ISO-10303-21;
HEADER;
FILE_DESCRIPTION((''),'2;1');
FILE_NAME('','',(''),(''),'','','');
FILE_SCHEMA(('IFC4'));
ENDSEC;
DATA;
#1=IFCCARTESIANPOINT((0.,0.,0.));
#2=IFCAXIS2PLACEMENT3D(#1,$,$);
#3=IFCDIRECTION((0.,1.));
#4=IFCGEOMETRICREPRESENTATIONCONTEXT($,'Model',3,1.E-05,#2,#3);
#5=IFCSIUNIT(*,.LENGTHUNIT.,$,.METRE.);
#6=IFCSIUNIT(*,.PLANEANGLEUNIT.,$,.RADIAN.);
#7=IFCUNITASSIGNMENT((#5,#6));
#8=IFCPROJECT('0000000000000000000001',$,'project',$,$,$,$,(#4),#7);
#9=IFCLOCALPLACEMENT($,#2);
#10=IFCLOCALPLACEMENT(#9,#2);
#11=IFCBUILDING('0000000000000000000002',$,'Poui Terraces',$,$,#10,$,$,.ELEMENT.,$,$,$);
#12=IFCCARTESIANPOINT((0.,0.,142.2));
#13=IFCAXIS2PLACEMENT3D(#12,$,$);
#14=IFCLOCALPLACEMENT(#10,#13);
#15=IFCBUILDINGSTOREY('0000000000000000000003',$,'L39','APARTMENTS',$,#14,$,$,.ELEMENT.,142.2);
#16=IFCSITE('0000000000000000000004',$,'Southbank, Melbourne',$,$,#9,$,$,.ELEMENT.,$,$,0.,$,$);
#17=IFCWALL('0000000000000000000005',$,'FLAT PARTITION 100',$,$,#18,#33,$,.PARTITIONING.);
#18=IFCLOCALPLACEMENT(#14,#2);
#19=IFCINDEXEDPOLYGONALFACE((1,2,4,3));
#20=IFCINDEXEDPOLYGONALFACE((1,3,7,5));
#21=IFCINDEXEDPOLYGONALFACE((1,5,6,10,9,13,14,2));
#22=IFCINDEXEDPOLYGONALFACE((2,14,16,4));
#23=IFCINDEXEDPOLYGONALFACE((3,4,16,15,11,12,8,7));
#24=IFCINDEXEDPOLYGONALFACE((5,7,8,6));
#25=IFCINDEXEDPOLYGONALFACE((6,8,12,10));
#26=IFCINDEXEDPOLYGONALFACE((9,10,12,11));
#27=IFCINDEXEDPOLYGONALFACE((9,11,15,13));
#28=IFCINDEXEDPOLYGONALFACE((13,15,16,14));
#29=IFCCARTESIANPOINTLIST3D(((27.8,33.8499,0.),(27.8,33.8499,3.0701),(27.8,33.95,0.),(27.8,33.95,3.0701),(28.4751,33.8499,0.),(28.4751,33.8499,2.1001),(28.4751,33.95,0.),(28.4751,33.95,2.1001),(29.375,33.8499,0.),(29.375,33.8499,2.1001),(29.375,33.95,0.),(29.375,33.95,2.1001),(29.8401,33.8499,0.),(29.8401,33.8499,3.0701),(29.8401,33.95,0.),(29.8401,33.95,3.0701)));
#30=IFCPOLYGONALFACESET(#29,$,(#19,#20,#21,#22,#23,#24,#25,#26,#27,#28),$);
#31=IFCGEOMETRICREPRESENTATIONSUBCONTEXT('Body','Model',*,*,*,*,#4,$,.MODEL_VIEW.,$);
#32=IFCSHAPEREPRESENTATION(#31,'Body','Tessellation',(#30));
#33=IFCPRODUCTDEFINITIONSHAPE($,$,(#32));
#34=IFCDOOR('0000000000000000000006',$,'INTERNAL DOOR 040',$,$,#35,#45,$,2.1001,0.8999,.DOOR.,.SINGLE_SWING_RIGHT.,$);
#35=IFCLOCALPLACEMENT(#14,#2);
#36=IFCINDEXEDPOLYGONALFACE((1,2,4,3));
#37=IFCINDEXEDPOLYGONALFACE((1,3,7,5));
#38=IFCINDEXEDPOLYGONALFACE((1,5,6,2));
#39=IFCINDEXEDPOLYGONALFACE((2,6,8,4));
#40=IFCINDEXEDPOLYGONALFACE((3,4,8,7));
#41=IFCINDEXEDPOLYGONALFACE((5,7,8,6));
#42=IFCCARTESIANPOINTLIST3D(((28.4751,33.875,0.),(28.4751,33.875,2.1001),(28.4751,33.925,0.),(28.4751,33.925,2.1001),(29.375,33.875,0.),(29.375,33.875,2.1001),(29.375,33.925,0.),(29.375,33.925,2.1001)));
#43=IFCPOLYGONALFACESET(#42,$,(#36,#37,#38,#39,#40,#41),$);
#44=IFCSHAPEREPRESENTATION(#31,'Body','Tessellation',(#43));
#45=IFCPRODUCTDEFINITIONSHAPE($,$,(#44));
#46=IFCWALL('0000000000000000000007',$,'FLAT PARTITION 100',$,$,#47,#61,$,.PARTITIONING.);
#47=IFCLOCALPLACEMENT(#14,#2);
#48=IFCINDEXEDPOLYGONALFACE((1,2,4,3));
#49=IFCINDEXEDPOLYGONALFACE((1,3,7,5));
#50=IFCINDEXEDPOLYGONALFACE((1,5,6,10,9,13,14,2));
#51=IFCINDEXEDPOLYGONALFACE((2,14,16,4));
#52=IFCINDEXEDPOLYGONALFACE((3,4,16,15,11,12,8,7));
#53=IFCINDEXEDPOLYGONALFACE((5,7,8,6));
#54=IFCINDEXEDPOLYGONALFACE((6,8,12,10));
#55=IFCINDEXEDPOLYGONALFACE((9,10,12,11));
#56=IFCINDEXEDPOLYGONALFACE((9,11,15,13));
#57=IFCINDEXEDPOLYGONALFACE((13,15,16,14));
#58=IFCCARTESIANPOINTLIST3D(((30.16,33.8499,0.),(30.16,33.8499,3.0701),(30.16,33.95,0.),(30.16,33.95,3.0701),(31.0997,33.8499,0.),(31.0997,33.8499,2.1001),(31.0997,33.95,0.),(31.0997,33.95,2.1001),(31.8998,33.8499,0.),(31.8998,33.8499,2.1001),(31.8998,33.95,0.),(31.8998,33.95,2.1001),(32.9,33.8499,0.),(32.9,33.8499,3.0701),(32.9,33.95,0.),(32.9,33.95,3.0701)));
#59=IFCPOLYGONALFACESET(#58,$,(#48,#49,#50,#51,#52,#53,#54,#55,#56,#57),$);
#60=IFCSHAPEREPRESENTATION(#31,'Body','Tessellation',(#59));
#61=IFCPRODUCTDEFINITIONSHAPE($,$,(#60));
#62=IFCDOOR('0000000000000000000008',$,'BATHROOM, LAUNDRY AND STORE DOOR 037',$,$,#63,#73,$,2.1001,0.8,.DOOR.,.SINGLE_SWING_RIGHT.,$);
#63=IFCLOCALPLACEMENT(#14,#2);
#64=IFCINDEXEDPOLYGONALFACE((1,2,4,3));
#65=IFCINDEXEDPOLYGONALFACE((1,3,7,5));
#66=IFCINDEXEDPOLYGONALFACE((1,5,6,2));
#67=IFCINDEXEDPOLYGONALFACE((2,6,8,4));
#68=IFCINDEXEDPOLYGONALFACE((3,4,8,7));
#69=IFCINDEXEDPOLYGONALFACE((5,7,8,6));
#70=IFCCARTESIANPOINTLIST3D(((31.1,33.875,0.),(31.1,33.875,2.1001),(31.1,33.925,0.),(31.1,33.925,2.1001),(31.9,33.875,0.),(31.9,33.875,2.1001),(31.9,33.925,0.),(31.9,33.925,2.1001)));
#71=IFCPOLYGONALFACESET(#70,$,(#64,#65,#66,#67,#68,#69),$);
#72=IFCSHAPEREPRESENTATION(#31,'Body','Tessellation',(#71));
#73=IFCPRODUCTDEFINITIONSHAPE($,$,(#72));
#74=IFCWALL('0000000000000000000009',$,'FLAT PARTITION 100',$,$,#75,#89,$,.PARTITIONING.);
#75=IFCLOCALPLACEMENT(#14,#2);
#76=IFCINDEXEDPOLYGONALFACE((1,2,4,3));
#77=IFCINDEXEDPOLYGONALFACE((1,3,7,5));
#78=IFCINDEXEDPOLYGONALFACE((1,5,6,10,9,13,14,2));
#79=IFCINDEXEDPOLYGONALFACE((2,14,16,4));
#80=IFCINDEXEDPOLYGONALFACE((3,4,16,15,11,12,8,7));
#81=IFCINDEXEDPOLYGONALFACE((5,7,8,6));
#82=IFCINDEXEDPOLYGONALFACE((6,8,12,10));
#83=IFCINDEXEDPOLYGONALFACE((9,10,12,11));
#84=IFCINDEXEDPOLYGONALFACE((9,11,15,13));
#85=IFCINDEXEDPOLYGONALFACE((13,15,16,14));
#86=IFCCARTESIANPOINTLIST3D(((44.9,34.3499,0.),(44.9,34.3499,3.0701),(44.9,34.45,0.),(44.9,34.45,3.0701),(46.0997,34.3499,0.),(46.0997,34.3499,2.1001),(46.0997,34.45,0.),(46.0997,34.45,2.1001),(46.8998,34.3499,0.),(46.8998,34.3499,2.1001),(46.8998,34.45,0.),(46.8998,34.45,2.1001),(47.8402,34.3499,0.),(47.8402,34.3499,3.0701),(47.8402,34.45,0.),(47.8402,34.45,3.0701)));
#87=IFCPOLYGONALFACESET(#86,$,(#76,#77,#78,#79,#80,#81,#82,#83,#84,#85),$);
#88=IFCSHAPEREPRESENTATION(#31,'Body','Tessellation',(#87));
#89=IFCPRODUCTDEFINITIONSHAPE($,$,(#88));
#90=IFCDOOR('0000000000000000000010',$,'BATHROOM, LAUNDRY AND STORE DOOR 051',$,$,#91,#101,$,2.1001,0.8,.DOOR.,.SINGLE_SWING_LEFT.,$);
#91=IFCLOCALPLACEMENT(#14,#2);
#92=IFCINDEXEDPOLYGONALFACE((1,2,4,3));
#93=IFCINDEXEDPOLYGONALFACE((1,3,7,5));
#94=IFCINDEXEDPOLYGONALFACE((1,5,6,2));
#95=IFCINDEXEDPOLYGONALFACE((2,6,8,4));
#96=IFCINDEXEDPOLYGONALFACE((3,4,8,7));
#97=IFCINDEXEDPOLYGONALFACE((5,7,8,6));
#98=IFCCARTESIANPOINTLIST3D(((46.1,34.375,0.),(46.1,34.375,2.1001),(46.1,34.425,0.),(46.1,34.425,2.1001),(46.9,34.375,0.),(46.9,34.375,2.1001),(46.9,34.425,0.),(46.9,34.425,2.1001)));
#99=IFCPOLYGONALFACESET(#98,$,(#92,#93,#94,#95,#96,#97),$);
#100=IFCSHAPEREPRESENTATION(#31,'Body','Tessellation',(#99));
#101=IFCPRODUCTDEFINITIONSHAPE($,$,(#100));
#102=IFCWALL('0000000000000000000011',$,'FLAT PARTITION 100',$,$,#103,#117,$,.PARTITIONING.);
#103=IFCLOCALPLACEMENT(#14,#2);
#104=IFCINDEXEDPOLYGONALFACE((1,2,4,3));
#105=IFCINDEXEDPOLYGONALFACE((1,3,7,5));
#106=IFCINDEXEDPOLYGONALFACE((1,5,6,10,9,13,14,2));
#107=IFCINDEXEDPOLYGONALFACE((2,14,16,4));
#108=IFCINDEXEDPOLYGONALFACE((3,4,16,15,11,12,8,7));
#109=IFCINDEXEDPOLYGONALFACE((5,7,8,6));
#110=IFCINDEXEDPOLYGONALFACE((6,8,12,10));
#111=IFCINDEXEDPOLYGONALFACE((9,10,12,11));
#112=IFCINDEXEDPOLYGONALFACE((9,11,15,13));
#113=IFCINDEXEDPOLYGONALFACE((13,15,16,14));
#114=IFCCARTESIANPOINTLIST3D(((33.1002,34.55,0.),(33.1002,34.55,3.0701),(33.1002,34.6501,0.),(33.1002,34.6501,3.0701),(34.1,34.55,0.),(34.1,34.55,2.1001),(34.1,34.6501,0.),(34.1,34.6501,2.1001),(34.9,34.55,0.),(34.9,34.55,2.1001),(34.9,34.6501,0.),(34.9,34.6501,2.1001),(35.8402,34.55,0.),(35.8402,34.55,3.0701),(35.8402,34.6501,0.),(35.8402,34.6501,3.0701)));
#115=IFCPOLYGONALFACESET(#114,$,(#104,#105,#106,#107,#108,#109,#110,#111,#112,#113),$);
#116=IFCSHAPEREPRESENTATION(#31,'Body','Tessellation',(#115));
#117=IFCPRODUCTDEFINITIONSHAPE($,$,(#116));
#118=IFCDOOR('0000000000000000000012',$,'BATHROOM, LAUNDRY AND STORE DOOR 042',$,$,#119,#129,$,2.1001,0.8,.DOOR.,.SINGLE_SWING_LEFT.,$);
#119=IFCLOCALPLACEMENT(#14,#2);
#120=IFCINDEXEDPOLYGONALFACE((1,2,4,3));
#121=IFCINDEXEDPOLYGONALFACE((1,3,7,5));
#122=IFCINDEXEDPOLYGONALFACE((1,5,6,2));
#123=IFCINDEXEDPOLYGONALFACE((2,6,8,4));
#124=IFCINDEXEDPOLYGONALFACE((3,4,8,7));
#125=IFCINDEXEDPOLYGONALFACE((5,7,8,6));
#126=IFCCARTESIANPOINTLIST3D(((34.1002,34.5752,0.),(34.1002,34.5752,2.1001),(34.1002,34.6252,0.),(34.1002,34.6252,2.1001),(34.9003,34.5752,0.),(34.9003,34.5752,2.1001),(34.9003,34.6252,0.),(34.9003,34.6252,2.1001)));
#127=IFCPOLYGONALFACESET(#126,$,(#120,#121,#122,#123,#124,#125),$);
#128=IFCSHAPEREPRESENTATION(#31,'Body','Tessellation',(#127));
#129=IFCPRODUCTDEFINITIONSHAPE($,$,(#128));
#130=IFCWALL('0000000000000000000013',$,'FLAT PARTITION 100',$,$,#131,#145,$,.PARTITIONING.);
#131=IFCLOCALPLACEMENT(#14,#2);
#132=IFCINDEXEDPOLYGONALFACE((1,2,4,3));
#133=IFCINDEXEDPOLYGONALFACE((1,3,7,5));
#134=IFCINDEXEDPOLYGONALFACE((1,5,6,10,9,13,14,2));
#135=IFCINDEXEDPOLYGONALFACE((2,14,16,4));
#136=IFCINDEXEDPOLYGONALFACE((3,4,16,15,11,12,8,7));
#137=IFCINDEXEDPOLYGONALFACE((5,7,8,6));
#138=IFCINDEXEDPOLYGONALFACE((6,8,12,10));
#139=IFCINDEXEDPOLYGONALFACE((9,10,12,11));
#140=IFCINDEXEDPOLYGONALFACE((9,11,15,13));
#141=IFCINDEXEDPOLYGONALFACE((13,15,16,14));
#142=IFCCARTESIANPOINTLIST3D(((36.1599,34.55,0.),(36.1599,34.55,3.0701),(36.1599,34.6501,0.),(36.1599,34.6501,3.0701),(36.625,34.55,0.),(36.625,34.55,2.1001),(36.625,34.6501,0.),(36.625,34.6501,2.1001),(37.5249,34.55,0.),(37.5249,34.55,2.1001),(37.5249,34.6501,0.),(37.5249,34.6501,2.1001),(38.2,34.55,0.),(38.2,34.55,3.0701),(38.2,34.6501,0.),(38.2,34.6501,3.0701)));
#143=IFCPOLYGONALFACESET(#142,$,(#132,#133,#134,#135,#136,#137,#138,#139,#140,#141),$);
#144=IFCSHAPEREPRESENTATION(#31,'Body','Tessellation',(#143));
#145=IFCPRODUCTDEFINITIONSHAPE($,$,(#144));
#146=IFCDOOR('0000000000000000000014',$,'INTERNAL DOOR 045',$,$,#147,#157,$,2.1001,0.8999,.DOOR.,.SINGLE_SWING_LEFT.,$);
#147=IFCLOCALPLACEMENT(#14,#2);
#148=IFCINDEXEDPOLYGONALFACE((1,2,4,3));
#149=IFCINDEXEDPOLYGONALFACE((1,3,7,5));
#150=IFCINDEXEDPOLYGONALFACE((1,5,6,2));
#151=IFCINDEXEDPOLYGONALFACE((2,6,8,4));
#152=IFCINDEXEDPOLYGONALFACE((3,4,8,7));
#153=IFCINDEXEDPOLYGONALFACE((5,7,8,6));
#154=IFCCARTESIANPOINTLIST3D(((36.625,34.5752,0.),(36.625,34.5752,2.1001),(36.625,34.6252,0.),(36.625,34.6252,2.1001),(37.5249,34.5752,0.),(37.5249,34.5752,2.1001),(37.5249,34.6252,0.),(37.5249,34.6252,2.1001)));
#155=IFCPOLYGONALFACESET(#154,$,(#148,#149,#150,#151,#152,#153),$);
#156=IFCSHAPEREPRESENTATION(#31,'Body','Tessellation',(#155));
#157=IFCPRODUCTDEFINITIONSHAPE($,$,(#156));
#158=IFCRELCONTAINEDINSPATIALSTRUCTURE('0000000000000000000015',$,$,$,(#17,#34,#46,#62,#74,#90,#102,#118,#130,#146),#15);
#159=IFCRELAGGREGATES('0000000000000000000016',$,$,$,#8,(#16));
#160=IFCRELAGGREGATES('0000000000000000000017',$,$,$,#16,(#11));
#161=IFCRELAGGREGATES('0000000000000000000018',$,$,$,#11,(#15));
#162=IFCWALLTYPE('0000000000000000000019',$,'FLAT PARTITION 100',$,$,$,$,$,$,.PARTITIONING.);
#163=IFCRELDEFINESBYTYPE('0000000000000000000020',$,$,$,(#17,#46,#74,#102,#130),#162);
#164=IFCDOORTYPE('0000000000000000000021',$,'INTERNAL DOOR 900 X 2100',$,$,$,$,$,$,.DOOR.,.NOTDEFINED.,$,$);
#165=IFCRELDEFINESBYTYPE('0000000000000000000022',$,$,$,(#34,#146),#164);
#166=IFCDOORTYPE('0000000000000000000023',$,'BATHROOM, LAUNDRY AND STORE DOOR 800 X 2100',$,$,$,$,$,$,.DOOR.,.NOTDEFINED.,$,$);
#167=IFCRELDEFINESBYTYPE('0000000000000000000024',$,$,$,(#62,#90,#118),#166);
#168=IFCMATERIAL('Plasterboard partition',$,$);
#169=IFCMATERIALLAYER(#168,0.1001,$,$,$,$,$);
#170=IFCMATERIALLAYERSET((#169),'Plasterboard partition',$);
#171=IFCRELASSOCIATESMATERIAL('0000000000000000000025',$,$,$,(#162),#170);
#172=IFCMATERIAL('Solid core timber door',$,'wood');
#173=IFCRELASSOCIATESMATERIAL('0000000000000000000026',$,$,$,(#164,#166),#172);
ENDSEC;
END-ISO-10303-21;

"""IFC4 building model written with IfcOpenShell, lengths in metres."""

from ifc_helpers import new_model, si_unit, direction, frame, frame_2d, origin, place, context, subcontext, project, spatial, rectangle, extrude, material, layer, layer_set, type_object, element, fill, save


model = new_model("IFC4")

# Units and contexts
model_context = context("Model", 3, precision=1e-05, world=origin(), true_north=direction((0.0, 1.0)))
body_context = subcontext(model_context, "Body", "Model", "MODEL_VIEW")
ifc_project = project(units=[si_unit("LENGTHUNIT", "METRE"), si_unit("PLANEANGLEUNIT", "RADIAN")], contexts=[model_context])

# Site, building, storey
site_placement = place(None, origin())
site = spatial("IfcSite", under=ifc_project, at=site_placement, Name="Southbank, Melbourne", CompositionType="ELEMENT", RefElevation=0.0)
building_placement = place(site_placement, origin())
building = spatial("IfcBuilding", under=site, at=building_placement, Name="Poui Terraces", CompositionType="ELEMENT")
storey_placement = place(building_placement, frame((0.0, 0.0, 142.2)))
storey = spatial("IfcBuildingStorey", under=building, at=storey_placement, Name="L39", Description="APARTMENTS", CompositionType="ELEMENT", Elevation=142.2)

# Walls, openings, doors
ifc_material_1 = material(Name="Plasterboard partition")
ifc_layer_1 = layer(ifc_material_1, 0.1001)
ifc_layer_set_1 = layer_set([ifc_layer_1], Name="Plasterboard partition")
wall_type_1 = type_object("IfcWallType", Name="FLAT PARTITION 100", PredefinedType="PARTITIONING", material=ifc_layer_set_1)
wall_1_placement = place(storey_placement, frame((27.8, 33.8999, 0.0), z_axis=(0.0, 0.0, 1.0), x_axis=(1.0, 0.0, 0.0)))
wall_1 = element("IfcWall", 1, at=wall_1_placement, inside=storey, type_object=wall_type_1, Name="FLAT PARTITION 100", PredefinedType="PARTITIONING", context=body_context, shape_type="SweptSolid", body=[
    extrude(rectangle(XDim=2.04, YDim=0.1001, at=frame_2d((1.02, 0.0))), origin(), (0.0, 0.0, 1.0), 3.0701),
])
opening_1_placement = place(wall_1_placement, frame((0.675, 0.0, 0.0)))
opening_1 = element("IfcOpeningElement", 2, at=opening_1_placement, cuts=wall_1, PredefinedType="OPENING", context=body_context, shape_type="SweptSolid", body=[
    extrude(rectangle(XDim=0.8999, YDim=2.1001, at=frame_2d((0.45, 1.05))), frame((0.0, 0.0601, 0.0), z_axis=(0.0, -1.0, 0.0), x_axis=(1.0, 0.0, 0.0)), (0.0, 0.0, 1.0), 0.1201),
])
ifc_material_2 = material(Name="Solid core timber door", Category="wood")
door_type_1 = type_object("IfcDoorType", Name="INTERNAL DOOR 900 X 2100", OperationType="NOTDEFINED", PredefinedType="DOOR", material=ifc_material_2)
door_1_placement = place(opening_1_placement, frame((0.8999, 0.0, 0.0), z_axis=(0.0, 0.0, 1.0), x_axis=(-1.0, 0.0, 0.0)))
door_1 = element("IfcDoor", 3, at=door_1_placement, inside=storey, type_object=door_type_1, Name="INTERNAL DOOR 040", OperationType="SINGLE_SWING_RIGHT", OverallHeight=2.1001, OverallWidth=0.8999, PredefinedType="DOOR", context=body_context, shape_type="SweptSolid", body=[
    extrude(rectangle(XDim=0.8999, YDim=2.1001, at=frame_2d((0.45, 1.05))), frame((0.0, 0.0249, 0.0), z_axis=(0.0, -1.0, 0.0), x_axis=(1.0, 0.0, 0.0)), (0.0, 0.0, 1.0), 0.05),
])
fill(opening_1, door_1)
wall_2_placement = place(storey_placement, frame((30.1599, 33.8999, 0.0), z_axis=(0.0, 0.0, 1.0), x_axis=(1.0, 0.0, 0.0)))
wall_2 = element("IfcWall", 4, at=wall_2_placement, inside=storey, type_object=wall_type_1, Name="FLAT PARTITION 100", PredefinedType="PARTITIONING", context=body_context, shape_type="SweptSolid", body=[
    extrude(rectangle(XDim=2.74, YDim=0.1001, at=frame_2d((1.3701, 0.0))), origin(), (0.0, 0.0, 1.0), 3.0701),
])
opening_2_placement = place(wall_2_placement, frame((0.9399, 0.0, 0.0)))
opening_2 = element("IfcOpeningElement", 5, at=opening_2_placement, cuts=wall_2, PredefinedType="OPENING", context=body_context, shape_type="SweptSolid", body=[
    extrude(rectangle(XDim=0.8, YDim=2.1001, at=frame_2d((0.3999, 1.05))), frame((0.0, 0.0601, 0.0), z_axis=(0.0, -1.0, 0.0), x_axis=(1.0, 0.0, 0.0)), (0.0, 0.0, 1.0), 0.1201),
])
door_type_2 = type_object("IfcDoorType", Name="BATHROOM, LAUNDRY AND STORE DOOR 800 X 2100", OperationType="NOTDEFINED", PredefinedType="DOOR", material=ifc_material_2)
door_2_placement = place(opening_2_placement, frame((0.8, 0.0, 0.0), z_axis=(0.0, 0.0, 1.0), x_axis=(-1.0, 0.0, 0.0)))
door_2 = element("IfcDoor", 6, at=door_2_placement, inside=storey, type_object=door_type_2, Name="BATHROOM, LAUNDRY AND STORE DOOR 037", OperationType="SINGLE_SWING_RIGHT", OverallHeight=2.1001, OverallWidth=0.8, PredefinedType="DOOR", context=body_context, shape_type="SweptSolid", body=[
    extrude(rectangle(XDim=0.8, YDim=2.1001, at=frame_2d((0.3999, 1.05))), frame((0.0, 0.0249, 0.0), z_axis=(0.0, -1.0, 0.0), x_axis=(1.0, 0.0, 0.0)), (0.0, 0.0, 1.0), 0.05),
])
fill(opening_2, door_2)
wall_3_placement = place(storey_placement, frame((44.8999, 34.3999, 0.0), z_axis=(0.0, 0.0, 1.0), x_axis=(1.0, 0.0, 0.0)))
wall_3 = element("IfcWall", 7, at=wall_3_placement, inside=storey, type_object=wall_type_1, Name="FLAT PARTITION 100", PredefinedType="PARTITIONING", context=body_context, shape_type="SweptSolid", body=[
    extrude(rectangle(XDim=2.9402, YDim=0.1001, at=frame_2d((1.4702, 0.0))), origin(), (0.0, 0.0, 1.0), 3.0701),
])
opening_3_placement = place(wall_3_placement, frame((1.2, 0.0, 0.0)))
opening_3 = element("IfcOpeningElement", 8, at=opening_3_placement, cuts=wall_3, PredefinedType="OPENING", context=body_context, shape_type="SweptSolid", body=[
    extrude(rectangle(XDim=0.8, YDim=2.1001, at=frame_2d((0.3999, 1.05))), frame((0.0, 0.0601, 0.0), z_axis=(0.0, -1.0, 0.0), x_axis=(1.0, 0.0, 0.0)), (0.0, 0.0, 1.0), 0.1201),
])
door_3_placement = place(opening_3_placement, frame((0.8, 0.0, 0.0), z_axis=(0.0, 0.0, 1.0), x_axis=(-1.0, 0.0, 0.0)))
door_3 = element("IfcDoor", 9, at=door_3_placement, inside=storey, type_object=door_type_2, Name="BATHROOM, LAUNDRY AND STORE DOOR 051", OperationType="SINGLE_SWING_LEFT", OverallHeight=2.1001, OverallWidth=0.8, PredefinedType="DOOR", context=body_context, shape_type="SweptSolid", body=[
    extrude(rectangle(XDim=0.8, YDim=2.1001, at=frame_2d((0.3999, 1.05))), frame((0.0, 0.0249, 0.0), z_axis=(0.0, -1.0, 0.0), x_axis=(1.0, 0.0, 0.0)), (0.0, 0.0, 1.0), 0.05),
])
fill(opening_3, door_3)
wall_4_placement = place(storey_placement, frame((33.1001, 34.6001, 0.0), z_axis=(0.0, 0.0, 1.0), x_axis=(1.0, 0.0, 0.0)))
wall_4 = element("IfcWall", 10, at=wall_4_placement, inside=storey, type_object=wall_type_1, Name="FLAT PARTITION 100", PredefinedType="PARTITIONING", context=body_context, shape_type="SweptSolid", body=[
    extrude(rectangle(XDim=2.74, YDim=0.1001, at=frame_2d((1.3701, 0.0))), origin(), (0.0, 0.0, 1.0), 3.0701),
])
opening_4_placement = place(wall_4_placement, frame((1.0, 0.0, 0.0)))
opening_4 = element("IfcOpeningElement", 11, at=opening_4_placement, cuts=wall_4, PredefinedType="OPENING", context=body_context, shape_type="SweptSolid", body=[
    extrude(rectangle(XDim=0.8, YDim=2.1001, at=frame_2d((0.3999, 1.05))), frame((0.0, 0.0601, 0.0), z_axis=(0.0, -1.0, 0.0), x_axis=(1.0, 0.0, 0.0)), (0.0, 0.0, 1.0), 0.1201),
])
door_4_placement = place(opening_4_placement, frame((0.8, 0.0, 0.0), z_axis=(0.0, 0.0, 1.0), x_axis=(-1.0, 0.0, 0.0)))
door_4 = element("IfcDoor", 12, at=door_4_placement, inside=storey, type_object=door_type_2, Name="BATHROOM, LAUNDRY AND STORE DOOR 042", OperationType="SINGLE_SWING_LEFT", OverallHeight=2.1001, OverallWidth=0.8, PredefinedType="DOOR", context=body_context, shape_type="SweptSolid", body=[
    extrude(rectangle(XDim=0.8, YDim=2.1001, at=frame_2d((0.3999, 1.05))), frame((0.0, 0.0249, 0.0), z_axis=(0.0, -1.0, 0.0), x_axis=(1.0, 0.0, 0.0)), (0.0, 0.0, 1.0), 0.05),
])
fill(opening_4, door_4)
wall_5_placement = place(storey_placement, frame((36.1599, 34.6001, 0.0), z_axis=(0.0, 0.0, 1.0), x_axis=(1.0, 0.0, 0.0)))
wall_5 = element("IfcWall", 13, at=wall_5_placement, inside=storey, type_object=wall_type_1, Name="FLAT PARTITION 100", PredefinedType="PARTITIONING", context=body_context, shape_type="SweptSolid", body=[
    extrude(rectangle(XDim=2.04, YDim=0.1001, at=frame_2d((1.02, 0.0))), origin(), (0.0, 0.0, 1.0), 3.0701),
])
opening_5_placement = place(wall_5_placement, frame((0.4651, 0.0, 0.0)))
opening_5 = element("IfcOpeningElement", 14, at=opening_5_placement, cuts=wall_5, PredefinedType="OPENING", context=body_context, shape_type="SweptSolid", body=[
    extrude(rectangle(XDim=0.8999, YDim=2.1001, at=frame_2d((0.45, 1.05))), frame((0.0, 0.0601, 0.0), z_axis=(0.0, -1.0, 0.0), x_axis=(1.0, 0.0, 0.0)), (0.0, 0.0, 1.0), 0.1201),
])
door_5_placement = place(opening_5_placement, frame((0.8999, 0.0, 0.0), z_axis=(0.0, 0.0, 1.0), x_axis=(-1.0, 0.0, 0.0)))
door_5 = element("IfcDoor", 15, at=door_5_placement, inside=storey, type_object=door_type_1, Name="INTERNAL DOOR 045", OperationType="SINGLE_SWING_LEFT", OverallHeight=2.1001, OverallWidth=0.8999, PredefinedType="DOOR", context=body_context, shape_type="SweptSolid", body=[
    extrude(rectangle(XDim=0.8999, YDim=2.1001, at=frame_2d((0.45, 1.05))), frame((0.0, 0.0249, 0.0), z_axis=(0.0, -1.0, 0.0), x_axis=(1.0, 0.0, 0.0)), (0.0, 0.0, 1.0), 0.05),
])
fill(opening_5, door_5)

save(model, "model.ifc")
